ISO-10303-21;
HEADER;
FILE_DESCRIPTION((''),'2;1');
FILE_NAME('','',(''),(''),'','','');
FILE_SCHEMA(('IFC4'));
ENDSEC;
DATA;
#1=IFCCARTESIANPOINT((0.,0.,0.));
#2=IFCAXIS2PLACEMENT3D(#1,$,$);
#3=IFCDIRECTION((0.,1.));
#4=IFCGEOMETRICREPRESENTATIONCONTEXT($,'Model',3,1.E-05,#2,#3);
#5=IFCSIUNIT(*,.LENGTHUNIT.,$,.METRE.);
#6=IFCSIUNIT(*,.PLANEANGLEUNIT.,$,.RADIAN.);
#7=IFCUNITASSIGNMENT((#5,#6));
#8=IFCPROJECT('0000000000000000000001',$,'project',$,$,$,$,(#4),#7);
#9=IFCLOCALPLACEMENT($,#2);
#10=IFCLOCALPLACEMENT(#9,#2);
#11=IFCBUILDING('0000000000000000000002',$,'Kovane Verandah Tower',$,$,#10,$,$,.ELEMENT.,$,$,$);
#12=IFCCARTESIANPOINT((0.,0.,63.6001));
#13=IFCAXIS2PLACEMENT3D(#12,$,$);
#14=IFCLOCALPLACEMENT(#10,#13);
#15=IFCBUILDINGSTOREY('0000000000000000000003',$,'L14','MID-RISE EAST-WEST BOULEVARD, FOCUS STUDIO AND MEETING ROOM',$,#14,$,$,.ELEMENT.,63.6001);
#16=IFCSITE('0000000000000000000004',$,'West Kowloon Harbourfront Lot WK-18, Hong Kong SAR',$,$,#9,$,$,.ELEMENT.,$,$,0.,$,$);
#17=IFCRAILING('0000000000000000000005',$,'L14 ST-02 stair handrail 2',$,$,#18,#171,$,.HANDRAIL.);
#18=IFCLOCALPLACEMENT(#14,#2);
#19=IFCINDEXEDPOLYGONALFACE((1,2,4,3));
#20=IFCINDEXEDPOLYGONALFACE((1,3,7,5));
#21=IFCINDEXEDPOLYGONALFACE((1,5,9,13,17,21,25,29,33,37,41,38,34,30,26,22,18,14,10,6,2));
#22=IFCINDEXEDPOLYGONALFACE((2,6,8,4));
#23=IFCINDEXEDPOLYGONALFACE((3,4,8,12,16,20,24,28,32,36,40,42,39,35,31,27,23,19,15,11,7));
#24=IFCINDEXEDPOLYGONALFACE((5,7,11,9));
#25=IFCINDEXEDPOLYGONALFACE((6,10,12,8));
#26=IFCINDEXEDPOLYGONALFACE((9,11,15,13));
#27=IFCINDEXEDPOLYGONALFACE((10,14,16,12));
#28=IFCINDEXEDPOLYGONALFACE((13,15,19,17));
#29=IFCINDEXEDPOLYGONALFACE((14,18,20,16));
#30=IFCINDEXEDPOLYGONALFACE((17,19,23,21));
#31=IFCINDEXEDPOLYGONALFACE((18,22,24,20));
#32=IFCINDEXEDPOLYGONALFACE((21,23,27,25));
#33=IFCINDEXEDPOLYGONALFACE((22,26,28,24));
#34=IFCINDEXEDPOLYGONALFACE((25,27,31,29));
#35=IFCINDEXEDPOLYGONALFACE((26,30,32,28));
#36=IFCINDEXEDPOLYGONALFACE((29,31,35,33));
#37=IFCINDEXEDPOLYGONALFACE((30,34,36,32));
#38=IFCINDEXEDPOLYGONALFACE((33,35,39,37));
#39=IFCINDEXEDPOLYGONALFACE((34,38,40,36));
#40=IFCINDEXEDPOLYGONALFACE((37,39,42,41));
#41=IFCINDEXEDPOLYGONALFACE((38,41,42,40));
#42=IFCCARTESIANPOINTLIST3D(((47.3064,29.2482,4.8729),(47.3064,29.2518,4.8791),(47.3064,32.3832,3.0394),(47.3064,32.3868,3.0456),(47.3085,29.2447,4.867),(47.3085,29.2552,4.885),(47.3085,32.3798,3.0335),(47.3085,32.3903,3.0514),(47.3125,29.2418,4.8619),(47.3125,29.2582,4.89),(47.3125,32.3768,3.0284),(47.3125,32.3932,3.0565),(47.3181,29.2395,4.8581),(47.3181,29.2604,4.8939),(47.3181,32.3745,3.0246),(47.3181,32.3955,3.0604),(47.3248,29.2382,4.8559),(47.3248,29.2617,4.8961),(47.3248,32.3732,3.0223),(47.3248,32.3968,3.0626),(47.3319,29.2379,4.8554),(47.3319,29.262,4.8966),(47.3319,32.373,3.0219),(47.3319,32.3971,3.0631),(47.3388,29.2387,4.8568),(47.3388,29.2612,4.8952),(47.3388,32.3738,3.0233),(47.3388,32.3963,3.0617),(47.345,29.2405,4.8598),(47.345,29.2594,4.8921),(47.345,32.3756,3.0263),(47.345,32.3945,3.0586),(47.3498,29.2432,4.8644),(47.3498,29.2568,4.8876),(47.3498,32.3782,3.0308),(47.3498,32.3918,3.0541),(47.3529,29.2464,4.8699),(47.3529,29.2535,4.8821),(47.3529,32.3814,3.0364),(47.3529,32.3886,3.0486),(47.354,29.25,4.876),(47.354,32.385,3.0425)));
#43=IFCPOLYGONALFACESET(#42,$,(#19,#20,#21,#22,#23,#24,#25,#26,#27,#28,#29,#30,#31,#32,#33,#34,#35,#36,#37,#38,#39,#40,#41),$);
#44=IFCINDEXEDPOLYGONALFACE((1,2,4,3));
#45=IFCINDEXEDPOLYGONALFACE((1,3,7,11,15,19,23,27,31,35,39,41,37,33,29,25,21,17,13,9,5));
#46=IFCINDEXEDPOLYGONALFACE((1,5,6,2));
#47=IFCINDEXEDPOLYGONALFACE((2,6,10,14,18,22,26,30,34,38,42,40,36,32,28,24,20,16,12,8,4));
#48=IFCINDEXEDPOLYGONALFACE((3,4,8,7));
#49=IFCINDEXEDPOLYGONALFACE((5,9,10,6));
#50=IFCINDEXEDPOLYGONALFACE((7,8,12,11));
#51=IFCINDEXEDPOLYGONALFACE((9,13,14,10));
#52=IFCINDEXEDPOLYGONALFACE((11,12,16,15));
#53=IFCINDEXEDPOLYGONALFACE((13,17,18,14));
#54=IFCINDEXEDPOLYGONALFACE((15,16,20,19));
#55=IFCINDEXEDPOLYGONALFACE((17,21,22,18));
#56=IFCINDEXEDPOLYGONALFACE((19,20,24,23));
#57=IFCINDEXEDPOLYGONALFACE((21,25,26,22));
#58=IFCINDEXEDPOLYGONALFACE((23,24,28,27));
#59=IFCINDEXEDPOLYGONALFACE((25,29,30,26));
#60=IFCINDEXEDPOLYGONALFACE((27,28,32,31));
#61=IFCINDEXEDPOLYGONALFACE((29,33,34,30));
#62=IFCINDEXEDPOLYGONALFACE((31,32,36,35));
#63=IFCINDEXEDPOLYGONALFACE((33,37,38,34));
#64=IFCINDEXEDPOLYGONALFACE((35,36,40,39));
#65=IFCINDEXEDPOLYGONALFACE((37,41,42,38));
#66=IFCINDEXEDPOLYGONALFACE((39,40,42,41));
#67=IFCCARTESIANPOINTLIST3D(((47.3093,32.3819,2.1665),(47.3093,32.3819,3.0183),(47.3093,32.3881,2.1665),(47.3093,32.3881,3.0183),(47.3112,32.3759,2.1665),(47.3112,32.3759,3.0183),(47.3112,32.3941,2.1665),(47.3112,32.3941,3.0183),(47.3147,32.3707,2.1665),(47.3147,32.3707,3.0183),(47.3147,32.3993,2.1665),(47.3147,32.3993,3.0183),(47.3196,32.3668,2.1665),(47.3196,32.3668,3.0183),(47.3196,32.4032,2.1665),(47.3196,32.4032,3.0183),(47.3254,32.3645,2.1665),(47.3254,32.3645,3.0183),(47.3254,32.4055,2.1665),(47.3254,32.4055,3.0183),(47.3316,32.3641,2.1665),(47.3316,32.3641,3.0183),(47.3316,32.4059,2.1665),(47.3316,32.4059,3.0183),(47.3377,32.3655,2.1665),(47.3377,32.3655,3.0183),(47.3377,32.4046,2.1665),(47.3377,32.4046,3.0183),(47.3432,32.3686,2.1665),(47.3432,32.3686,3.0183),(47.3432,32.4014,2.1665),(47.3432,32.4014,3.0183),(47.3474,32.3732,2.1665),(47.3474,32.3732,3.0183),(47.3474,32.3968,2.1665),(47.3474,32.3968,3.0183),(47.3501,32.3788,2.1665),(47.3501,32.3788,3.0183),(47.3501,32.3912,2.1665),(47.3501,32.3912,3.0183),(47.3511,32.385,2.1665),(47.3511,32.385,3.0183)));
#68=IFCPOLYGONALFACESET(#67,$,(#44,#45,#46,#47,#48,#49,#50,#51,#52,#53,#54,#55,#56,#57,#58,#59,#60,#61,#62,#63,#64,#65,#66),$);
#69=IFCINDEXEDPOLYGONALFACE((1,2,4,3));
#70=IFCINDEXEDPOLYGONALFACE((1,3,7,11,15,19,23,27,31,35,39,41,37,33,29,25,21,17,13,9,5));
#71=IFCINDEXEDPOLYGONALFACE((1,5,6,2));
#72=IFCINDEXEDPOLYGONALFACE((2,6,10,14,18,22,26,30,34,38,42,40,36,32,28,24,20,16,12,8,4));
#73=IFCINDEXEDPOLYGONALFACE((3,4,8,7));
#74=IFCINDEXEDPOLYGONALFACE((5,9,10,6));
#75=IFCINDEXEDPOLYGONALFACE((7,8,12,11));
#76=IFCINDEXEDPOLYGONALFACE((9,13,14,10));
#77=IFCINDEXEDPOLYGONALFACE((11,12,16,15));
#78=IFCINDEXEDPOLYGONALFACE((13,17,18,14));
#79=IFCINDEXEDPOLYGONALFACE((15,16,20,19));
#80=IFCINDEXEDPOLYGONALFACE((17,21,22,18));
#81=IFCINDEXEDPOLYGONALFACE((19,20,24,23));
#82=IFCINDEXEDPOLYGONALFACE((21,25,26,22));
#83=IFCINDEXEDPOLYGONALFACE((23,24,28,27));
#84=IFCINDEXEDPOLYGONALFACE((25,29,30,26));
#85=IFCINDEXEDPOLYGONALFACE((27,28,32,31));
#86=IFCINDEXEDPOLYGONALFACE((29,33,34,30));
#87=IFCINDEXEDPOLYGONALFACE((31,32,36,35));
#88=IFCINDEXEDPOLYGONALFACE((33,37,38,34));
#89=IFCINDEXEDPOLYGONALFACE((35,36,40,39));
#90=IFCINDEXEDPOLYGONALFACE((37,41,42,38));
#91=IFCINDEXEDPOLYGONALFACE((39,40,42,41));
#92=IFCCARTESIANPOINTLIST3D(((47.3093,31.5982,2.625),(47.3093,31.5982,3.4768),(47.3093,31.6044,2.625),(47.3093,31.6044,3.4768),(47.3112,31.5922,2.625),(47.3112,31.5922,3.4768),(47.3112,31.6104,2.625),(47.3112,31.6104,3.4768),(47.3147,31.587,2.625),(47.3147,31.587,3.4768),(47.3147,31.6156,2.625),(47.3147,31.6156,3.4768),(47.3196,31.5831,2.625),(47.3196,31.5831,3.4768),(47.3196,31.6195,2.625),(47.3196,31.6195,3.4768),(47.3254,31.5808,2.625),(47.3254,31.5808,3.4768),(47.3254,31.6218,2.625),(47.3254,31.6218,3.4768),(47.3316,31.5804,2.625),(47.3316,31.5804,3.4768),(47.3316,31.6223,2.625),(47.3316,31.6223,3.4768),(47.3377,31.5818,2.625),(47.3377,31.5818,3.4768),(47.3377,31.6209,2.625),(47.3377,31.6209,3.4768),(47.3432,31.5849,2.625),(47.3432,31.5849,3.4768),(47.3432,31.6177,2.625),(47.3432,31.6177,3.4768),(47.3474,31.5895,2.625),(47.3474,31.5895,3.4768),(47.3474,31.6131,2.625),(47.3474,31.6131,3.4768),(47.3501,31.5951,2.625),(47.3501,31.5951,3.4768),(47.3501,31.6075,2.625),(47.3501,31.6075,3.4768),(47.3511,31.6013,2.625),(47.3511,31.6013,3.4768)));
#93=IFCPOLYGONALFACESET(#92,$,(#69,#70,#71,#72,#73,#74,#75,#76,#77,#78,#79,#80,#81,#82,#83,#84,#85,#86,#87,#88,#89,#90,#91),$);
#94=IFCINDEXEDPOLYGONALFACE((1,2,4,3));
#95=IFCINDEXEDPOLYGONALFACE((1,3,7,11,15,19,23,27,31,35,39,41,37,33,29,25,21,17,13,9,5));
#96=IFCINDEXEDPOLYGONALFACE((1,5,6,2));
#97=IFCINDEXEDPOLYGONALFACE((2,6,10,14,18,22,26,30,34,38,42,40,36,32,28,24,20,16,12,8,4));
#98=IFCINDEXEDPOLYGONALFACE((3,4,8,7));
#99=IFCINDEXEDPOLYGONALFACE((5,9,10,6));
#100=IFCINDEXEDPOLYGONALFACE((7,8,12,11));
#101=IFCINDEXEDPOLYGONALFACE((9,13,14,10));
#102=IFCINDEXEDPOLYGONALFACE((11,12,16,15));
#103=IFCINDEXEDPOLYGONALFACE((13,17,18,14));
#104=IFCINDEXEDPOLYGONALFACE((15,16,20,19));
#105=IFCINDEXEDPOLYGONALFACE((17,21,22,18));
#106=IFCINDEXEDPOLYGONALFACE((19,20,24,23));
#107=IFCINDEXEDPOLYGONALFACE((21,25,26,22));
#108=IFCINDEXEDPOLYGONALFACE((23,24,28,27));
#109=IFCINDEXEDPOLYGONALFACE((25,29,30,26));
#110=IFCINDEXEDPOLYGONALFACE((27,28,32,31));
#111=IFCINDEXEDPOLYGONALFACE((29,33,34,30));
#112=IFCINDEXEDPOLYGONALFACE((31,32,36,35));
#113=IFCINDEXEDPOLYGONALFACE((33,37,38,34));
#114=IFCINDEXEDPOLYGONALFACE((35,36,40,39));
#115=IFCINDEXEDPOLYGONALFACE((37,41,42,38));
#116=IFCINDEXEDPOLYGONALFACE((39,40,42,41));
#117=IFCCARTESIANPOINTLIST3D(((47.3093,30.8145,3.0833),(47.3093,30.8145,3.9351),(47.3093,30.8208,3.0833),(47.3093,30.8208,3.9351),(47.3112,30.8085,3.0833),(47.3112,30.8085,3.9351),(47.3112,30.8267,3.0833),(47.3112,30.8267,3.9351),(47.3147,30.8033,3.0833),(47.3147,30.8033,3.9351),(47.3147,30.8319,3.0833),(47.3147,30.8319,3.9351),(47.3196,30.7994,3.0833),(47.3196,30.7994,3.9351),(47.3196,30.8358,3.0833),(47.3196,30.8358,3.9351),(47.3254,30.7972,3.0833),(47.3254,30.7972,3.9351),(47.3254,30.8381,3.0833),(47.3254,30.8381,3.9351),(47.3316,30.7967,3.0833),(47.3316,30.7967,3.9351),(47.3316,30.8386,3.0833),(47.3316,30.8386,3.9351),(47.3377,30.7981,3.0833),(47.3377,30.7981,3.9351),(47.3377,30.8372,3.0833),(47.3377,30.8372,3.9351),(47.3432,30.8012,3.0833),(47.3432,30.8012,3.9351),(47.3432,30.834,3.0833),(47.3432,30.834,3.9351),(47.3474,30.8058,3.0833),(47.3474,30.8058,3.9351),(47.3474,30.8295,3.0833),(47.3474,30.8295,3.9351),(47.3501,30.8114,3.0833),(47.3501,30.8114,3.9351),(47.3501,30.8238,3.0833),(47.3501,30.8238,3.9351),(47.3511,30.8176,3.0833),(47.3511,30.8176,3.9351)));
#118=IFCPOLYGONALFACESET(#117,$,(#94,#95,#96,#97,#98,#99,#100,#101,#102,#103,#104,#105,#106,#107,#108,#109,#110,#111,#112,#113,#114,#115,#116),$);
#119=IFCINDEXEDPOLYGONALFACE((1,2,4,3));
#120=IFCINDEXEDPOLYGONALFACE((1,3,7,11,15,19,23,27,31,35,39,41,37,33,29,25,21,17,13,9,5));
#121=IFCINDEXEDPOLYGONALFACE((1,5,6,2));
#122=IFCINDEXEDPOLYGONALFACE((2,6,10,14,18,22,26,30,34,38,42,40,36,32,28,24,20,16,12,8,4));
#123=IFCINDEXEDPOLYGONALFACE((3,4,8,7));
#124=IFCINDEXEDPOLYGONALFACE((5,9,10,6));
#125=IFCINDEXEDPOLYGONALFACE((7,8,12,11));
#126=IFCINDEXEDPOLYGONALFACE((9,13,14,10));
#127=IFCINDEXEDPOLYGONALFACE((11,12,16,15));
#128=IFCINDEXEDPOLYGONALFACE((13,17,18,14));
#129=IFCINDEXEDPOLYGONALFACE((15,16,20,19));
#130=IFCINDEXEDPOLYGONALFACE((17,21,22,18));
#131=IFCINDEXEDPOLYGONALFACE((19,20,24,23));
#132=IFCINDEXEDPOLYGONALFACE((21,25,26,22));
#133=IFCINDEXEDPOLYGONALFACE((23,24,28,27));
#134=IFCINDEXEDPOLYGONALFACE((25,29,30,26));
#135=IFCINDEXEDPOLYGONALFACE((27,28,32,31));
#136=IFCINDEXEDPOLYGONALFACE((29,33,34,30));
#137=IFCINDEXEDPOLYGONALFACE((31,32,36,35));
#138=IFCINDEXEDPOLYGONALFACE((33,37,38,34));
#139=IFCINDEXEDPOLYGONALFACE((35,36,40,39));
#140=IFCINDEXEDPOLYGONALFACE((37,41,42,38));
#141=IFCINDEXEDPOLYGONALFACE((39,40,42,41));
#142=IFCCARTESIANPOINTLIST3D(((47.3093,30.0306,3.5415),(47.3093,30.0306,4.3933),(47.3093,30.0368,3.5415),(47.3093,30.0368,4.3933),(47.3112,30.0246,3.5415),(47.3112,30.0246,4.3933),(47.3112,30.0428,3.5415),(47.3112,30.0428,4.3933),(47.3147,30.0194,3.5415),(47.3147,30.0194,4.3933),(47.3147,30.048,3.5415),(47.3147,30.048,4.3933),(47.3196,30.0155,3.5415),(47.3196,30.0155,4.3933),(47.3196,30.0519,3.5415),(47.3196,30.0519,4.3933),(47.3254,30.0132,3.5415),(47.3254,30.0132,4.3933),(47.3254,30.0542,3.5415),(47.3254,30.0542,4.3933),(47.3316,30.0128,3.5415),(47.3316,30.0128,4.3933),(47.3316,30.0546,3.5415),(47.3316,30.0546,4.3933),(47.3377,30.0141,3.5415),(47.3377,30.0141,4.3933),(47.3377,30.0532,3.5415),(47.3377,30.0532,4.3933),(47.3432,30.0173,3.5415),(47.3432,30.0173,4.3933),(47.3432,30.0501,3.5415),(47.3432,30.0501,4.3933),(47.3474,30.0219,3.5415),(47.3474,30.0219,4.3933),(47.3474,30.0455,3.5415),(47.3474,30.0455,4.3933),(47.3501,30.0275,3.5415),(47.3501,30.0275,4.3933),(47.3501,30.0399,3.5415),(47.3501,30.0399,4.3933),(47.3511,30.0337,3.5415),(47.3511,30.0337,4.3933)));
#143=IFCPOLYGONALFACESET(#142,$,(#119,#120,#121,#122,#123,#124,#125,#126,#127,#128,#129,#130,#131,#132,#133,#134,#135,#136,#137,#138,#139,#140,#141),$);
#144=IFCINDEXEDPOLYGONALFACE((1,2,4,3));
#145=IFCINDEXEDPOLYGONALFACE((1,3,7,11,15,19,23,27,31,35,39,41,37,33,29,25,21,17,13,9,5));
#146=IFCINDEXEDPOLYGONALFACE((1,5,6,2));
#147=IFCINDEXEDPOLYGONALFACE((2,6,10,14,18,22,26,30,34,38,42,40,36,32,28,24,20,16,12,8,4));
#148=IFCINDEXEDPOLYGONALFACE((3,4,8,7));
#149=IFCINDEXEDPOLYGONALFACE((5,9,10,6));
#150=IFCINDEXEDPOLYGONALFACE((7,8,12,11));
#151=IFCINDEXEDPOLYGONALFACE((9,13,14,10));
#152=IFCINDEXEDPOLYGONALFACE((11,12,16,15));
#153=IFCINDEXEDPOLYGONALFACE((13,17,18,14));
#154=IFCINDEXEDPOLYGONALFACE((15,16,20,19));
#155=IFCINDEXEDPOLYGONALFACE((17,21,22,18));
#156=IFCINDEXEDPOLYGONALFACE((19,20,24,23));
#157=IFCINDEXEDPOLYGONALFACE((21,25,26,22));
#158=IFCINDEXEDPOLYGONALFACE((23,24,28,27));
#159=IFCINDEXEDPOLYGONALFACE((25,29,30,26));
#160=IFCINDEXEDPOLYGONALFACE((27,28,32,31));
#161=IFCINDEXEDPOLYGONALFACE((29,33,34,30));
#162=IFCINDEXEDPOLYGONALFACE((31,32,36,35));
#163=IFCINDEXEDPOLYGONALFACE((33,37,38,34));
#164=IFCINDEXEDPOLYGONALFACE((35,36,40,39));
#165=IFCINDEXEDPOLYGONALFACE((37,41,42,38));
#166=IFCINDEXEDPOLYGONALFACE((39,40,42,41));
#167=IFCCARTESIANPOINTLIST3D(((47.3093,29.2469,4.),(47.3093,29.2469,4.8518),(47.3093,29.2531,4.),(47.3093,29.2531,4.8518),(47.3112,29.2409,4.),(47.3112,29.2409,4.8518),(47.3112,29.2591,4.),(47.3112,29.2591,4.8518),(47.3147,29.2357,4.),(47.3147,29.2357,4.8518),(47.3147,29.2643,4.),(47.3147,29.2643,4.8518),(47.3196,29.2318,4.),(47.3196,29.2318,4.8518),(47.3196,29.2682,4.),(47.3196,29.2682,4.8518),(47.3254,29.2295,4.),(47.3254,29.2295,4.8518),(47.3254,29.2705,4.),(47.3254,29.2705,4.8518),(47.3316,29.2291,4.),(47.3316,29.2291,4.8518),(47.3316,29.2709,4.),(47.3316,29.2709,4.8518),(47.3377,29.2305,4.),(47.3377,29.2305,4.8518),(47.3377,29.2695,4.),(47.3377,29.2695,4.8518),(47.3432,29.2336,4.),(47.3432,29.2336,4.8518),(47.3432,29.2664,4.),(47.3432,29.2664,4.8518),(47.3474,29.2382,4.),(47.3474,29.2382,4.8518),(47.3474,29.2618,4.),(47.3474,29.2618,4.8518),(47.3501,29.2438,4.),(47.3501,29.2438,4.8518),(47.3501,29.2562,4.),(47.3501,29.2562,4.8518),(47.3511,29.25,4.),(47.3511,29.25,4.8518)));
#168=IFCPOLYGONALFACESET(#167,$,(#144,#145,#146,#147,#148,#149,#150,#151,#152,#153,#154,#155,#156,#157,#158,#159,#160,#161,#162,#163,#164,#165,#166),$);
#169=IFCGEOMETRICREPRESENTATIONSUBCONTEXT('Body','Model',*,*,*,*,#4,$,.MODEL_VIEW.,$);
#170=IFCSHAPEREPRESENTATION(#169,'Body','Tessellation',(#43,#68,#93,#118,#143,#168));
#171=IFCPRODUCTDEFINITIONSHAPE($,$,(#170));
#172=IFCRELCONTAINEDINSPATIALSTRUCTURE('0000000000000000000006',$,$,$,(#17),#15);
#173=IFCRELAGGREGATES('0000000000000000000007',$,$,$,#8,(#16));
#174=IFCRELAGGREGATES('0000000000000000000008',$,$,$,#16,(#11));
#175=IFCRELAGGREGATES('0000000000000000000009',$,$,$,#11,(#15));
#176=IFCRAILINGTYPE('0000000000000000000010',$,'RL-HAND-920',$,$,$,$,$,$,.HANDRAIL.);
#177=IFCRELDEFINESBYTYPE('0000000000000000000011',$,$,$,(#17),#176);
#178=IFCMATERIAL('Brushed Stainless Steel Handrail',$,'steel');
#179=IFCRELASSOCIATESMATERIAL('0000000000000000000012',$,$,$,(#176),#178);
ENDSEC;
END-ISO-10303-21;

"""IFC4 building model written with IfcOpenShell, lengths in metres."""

from ifc_helpers import new_model, si_unit, direction, frame, origin, origin_2d, place, context, subcontext, project, spatial, circle, extrude, material, type_object, element, save


model = new_model("IFC4")

# Units and contexts
model_context = context("Model", 3, precision=1e-05, world=origin(), true_north=direction((0.0, 1.0)))
body_context = subcontext(model_context, "Body", "Model", "MODEL_VIEW")
ifc_project = project(units=[si_unit("LENGTHUNIT", "METRE"), si_unit("PLANEANGLEUNIT", "RADIAN")], contexts=[model_context])

# Site, building, storey
site_placement = place(None, origin())
site = spatial("IfcSite", under=ifc_project, at=site_placement, Name="West Kowloon Harbourfront Lot WK-18, Hong Kong SAR", CompositionType="ELEMENT", RefElevation=0.0)
building_placement = place(site_placement, origin())
building = spatial("IfcBuilding", under=site, at=building_placement, Name="Kovane Verandah Tower", CompositionType="ELEMENT")
storey_placement = place(building_placement, frame((0.0, 0.0, 63.6001)))
storey = spatial("IfcBuildingStorey", under=building, at=storey_placement, Name="L14", Description="MID-RISE EAST-WEST BOULEVARD, FOCUS STUDIO AND MEETING ROOM", CompositionType="ELEMENT", Elevation=63.6001)

# Railing
ifc_material_1 = material(Name="Brushed Stainless Steel Handrail", Category="steel")
railing_type_1 = type_object("IfcRailingType", Name="RL-HAND-920", PredefinedType="HANDRAIL", material=ifc_material_1)
railing_1_placement = place(storey_placement, frame((47.3301, 32.385, 2.1665)))
element("IfcRailing", 1, at=railing_1_placement, inside=storey, type_object=railing_type_1, Name="L14 ST-02 stair handrail 2", PredefinedType="HANDRAIL", context=body_context, shape_type="SweptSolid", body=[
    extrude(circle(Radius=0.0239, at=origin_2d()), frame((0.0, 0.0, 0.876), z_axis=(0.0, -0.86321, 0.504845), x_axis=(1.0, 0.0, 0.0)), (0.0, 0.0, 1.0), 3.6318),
    extrude(circle(Radius=0.021, at=origin_2d()), origin(), (0.0, 0.0, 1.0), 0.8518),
    extrude(circle(Radius=0.021, at=origin_2d()), frame((0.0, -0.7837, 0.4585)), (0.0, 0.0, 1.0), 0.8518),
    extrude(circle(Radius=0.021, at=origin_2d()), frame((0.0, -1.5674, 0.9167)), (0.0, 0.0, 1.0), 0.8518),
    extrude(circle(Radius=0.021, at=origin_2d()), frame((0.0, -2.3513, 1.375)), (0.0, 0.0, 1.0), 0.8518),
    extrude(circle(Radius=0.021, at=origin_2d()), frame((0.0, -3.135, 1.8335)), (0.0, 0.0, 1.0), 0.8518),
])

save(model, "model.ifc")
